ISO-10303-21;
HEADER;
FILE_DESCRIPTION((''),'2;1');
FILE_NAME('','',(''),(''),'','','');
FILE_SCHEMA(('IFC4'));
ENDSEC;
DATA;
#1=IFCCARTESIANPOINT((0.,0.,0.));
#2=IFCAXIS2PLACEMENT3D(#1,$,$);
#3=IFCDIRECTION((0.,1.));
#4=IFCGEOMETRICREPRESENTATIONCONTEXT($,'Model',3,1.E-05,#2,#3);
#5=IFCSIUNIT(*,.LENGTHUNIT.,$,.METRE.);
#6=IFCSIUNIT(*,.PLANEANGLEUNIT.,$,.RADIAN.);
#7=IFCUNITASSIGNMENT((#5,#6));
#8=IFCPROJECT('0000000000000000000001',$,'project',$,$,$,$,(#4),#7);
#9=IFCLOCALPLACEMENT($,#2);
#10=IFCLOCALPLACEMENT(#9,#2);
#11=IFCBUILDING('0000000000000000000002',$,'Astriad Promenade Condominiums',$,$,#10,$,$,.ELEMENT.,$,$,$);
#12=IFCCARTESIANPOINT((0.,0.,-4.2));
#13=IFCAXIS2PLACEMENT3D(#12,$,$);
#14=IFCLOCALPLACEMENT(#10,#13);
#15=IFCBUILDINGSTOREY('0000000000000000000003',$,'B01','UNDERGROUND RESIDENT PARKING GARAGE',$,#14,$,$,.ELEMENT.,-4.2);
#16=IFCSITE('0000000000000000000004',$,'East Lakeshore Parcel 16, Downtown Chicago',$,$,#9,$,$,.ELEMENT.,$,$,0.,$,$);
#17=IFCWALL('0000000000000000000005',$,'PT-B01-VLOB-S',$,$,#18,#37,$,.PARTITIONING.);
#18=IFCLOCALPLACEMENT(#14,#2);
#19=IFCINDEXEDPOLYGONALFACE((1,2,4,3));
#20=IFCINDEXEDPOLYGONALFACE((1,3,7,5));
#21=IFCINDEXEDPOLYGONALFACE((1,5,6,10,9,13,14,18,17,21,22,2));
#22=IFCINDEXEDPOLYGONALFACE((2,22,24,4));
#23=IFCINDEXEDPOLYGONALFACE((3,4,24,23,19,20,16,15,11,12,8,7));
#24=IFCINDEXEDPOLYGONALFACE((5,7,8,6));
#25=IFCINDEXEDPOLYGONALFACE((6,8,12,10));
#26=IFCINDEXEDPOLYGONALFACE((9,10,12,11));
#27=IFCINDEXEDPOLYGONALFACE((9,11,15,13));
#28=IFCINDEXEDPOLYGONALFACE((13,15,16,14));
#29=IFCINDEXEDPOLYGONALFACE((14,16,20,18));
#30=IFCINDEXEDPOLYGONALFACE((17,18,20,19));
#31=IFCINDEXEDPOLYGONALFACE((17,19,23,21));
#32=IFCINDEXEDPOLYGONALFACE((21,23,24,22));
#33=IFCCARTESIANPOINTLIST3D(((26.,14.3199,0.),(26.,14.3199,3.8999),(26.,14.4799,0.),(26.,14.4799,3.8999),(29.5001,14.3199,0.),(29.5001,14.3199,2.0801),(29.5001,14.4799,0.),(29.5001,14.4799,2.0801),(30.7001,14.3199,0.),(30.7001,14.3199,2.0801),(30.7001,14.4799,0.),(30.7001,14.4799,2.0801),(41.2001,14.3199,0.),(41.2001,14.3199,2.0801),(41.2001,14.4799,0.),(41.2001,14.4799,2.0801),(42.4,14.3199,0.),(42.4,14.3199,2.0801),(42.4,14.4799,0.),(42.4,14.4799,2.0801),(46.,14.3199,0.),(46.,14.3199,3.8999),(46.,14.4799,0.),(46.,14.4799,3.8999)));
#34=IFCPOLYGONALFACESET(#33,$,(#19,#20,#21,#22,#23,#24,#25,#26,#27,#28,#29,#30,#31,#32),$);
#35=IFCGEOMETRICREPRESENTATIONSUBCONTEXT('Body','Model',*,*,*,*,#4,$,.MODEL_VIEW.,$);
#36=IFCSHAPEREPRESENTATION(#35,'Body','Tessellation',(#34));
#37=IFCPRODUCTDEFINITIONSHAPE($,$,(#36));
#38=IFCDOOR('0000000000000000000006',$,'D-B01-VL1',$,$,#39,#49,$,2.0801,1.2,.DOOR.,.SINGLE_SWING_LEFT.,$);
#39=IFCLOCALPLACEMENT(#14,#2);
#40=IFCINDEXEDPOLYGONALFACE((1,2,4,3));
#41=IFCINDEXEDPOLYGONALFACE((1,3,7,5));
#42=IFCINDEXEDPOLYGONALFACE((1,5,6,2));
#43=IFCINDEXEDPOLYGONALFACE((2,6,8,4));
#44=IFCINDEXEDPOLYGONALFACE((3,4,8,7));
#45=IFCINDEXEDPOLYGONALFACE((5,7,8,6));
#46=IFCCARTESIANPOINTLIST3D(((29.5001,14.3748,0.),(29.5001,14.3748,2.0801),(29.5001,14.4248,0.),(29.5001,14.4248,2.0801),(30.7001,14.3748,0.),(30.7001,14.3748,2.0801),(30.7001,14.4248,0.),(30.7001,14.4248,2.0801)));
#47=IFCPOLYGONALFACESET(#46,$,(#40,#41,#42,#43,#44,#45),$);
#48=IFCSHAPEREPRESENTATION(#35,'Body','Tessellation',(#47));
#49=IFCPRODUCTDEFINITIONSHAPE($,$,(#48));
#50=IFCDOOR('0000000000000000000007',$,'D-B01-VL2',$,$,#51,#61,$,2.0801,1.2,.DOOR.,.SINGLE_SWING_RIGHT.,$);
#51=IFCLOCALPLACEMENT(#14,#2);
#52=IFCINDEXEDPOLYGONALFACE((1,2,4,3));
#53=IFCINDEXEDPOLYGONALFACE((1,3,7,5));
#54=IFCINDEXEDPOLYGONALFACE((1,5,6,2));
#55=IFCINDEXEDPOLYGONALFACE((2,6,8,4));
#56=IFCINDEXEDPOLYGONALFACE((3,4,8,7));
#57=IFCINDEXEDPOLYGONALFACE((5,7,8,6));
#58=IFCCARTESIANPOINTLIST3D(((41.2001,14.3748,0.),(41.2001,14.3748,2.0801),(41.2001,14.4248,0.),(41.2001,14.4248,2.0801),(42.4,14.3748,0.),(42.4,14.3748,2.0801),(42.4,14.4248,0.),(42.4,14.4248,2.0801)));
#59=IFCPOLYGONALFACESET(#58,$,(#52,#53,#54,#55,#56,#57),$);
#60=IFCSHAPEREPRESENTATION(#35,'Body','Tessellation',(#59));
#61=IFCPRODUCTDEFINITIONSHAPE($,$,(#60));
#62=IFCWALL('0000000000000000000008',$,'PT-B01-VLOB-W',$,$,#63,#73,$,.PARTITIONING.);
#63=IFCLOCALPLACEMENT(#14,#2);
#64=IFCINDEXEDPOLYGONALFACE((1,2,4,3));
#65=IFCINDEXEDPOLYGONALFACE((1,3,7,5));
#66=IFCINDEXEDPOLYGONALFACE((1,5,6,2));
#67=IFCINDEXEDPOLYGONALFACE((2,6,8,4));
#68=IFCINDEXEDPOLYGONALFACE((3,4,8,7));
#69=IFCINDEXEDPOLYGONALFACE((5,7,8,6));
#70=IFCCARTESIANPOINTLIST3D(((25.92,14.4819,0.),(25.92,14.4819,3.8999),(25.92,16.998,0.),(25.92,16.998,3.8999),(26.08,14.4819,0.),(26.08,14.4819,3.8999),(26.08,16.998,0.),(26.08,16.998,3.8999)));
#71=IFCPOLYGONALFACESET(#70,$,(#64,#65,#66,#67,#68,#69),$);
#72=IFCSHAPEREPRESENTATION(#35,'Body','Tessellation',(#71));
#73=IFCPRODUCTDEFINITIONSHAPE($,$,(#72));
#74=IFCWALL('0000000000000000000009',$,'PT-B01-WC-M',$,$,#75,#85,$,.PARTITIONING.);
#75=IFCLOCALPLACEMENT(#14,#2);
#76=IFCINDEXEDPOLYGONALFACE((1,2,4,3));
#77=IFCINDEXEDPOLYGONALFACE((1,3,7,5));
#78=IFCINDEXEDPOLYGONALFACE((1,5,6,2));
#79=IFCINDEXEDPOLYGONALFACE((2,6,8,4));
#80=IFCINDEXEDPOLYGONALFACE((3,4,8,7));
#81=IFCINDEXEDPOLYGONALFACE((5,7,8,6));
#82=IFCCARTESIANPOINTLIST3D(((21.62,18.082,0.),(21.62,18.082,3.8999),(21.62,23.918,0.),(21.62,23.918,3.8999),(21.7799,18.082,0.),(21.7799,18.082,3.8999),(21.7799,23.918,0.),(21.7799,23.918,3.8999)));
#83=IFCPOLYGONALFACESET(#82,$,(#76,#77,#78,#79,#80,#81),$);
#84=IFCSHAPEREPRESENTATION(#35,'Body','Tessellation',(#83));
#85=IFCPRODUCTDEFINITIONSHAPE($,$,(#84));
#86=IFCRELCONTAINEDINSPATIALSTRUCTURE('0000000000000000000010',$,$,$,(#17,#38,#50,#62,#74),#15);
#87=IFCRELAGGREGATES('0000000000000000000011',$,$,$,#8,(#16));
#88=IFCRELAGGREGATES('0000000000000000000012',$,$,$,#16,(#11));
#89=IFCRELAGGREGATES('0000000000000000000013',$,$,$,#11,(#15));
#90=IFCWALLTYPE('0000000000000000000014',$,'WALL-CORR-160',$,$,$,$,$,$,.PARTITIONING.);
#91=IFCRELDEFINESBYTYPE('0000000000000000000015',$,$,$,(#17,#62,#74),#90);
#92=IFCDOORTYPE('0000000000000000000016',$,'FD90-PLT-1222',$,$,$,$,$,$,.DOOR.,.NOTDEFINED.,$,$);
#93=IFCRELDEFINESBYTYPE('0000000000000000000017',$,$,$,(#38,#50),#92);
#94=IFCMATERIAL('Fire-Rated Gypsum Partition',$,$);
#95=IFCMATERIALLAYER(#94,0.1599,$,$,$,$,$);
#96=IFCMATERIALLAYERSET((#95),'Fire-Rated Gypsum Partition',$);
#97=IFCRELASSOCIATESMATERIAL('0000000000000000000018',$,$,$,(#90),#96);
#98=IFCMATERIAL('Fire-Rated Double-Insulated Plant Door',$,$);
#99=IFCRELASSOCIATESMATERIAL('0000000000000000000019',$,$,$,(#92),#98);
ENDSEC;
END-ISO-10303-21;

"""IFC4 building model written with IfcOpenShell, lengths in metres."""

from ifc_helpers import new_model, si_unit, direction, frame, frame_2d, origin, place, context, subcontext, project, spatial, rectangle, extrude, source, transform, mapped, material, layer, layer_set, type_object, type_shapes, element, fill, save


model = new_model("IFC4")

# Units and contexts
model_context = context("Model", 3, precision=1e-05, world=origin(), true_north=direction((0.0, 1.0)))
body_context = subcontext(model_context, "Body", "Model", "MODEL_VIEW")
ifc_project = project(units=[si_unit("LENGTHUNIT", "METRE"), si_unit("PLANEANGLEUNIT", "RADIAN")], contexts=[model_context])

# Site, building, storey
site_placement = place(None, origin())
site = spatial("IfcSite", under=ifc_project, at=site_placement, Name="East Lakeshore Parcel 16, Downtown Chicago", CompositionType="ELEMENT", RefElevation=0.0)
building_placement = place(site_placement, origin())
building = spatial("IfcBuilding", under=site, at=building_placement, Name="Astriad Promenade Condominiums", CompositionType="ELEMENT")
storey_placement = place(building_placement, frame((0.0, 0.0, -4.2)))
storey = spatial("IfcBuildingStorey", under=building, at=storey_placement, Name="B01", Description="UNDERGROUND RESIDENT PARKING GARAGE", CompositionType="ELEMENT", Elevation=-4.2)

# Wall, openings, doors
ifc_material_1 = material(Name="Fire-Rated Gypsum Partition")
ifc_layer_1 = layer(ifc_material_1, 0.1599)
ifc_layer_set_1 = layer_set([ifc_layer_1], Name="Fire-Rated Gypsum Partition")
wall_type_1 = type_object("IfcWallType", Name="WALL-CORR-160", PredefinedType="PARTITIONING", material=ifc_layer_set_1)
wall_1_placement = place(storey_placement, frame((26.0, 14.3999, 0.0), z_axis=(0.0, 0.0, 1.0), x_axis=(1.0, 0.0, 0.0)))
wall_1 = element("IfcWall", 1, at=wall_1_placement, inside=storey, type_object=wall_type_1, Name="PT-B01-VLOB-S", PredefinedType="PARTITIONING", context=body_context, shape_type="SweptSolid", body=[
    extrude(rectangle(XDim=20.0, YDim=0.1599, at=frame_2d((10.0, 0.0))), origin(), (0.0, 0.0, 1.0), 3.8999),
])
opening_1_placement = place(wall_1_placement, frame((3.5, 0.0, 0.0)))
opening_1 = element("IfcOpeningElement", 2, at=opening_1_placement, cuts=wall_1, PredefinedType="OPENING", context=body_context, shape_type="SweptSolid", body=[
    extrude(rectangle(XDim=1.2, YDim=2.0801, at=frame_2d((0.6001, 1.04))), frame((0.0, 0.0898, 0.0), z_axis=(0.0, -1.0, 0.0), x_axis=(1.0, 0.0, 0.0)), (0.0, 0.0, 1.0), 0.1799),
])
opening_2_placement = place(wall_1_placement, frame((15.2, 0.0, 0.0)))
opening_2 = element("IfcOpeningElement", 3, at=opening_2_placement, cuts=wall_1, PredefinedType="OPENING", context=body_context, shape_type="SweptSolid", body=[
    extrude(rectangle(XDim=1.2, YDim=2.0801, at=frame_2d((0.6001, 1.04))), frame((0.0, 0.0898, 0.0), z_axis=(0.0, -1.0, 0.0), x_axis=(1.0, 0.0, 0.0)), (0.0, 0.0, 1.0), 0.1799),
])
ifc_material_2 = material(Name="Fire-Rated Double-Insulated Plant Door")
door_type_1 = type_object("IfcDoorType", Name="FD90-PLT-1222", OperationType="NOTDEFINED", PredefinedType="DOOR", material=ifc_material_2)
shared_shape_1 = source(origin(), body_context, "Body", "SweptSolid", [
    extrude(rectangle(XDim=1.2, YDim=2.0801, at=frame_2d((0.6001, 1.04))), frame((0.0, 0.0249, 0.0), z_axis=(0.0, -1.0, 0.0), x_axis=(1.0, 0.0, 0.0)), (0.0, 0.0, 1.0), 0.05),
])
type_shapes(door_type_1, [shared_shape_1])
door_1_placement = place(opening_1_placement, origin())
door_1 = element("IfcDoor", 4, at=door_1_placement, inside=storey, type_object=door_type_1, Name="D-B01-VL1", OperationType="SINGLE_SWING_LEFT", OverallHeight=2.0801, OverallWidth=1.2, PredefinedType="DOOR", context=body_context, shape_type="MappedRepresentation", body=[
    mapped(shared_shape_1, transform((0.0, 0.0, 0.0), scale=1.0)),
])
fill(opening_1, door_1)
door_2_placement = place(opening_2_placement, origin())
door_2 = element("IfcDoor", 5, at=door_2_placement, inside=storey, type_object=door_type_1, Name="D-B01-VL2", OperationType="SINGLE_SWING_RIGHT", OverallHeight=2.0801, OverallWidth=1.2, PredefinedType="DOOR", context=body_context, shape_type="MappedRepresentation", body=[
    mapped(shared_shape_1, transform((0.0, 0.0, 0.0), scale=1.0)),
])
fill(opening_2, door_2)

# Walls
wall_2_placement = place(storey_placement, frame((26.0, 14.4819, 0.0), z_axis=(0.0, 0.0, 1.0), x_axis=(0.0, 1.0, 0.0)))
element("IfcWall", 6, at=wall_2_placement, inside=storey, type_object=wall_type_1, Name="PT-B01-VLOB-W", PredefinedType="PARTITIONING", context=body_context, shape_type="SweptSolid", body=[
    extrude(rectangle(XDim=2.5161, YDim=0.1599, at=frame_2d((1.2581, 0.0))), origin(), (0.0, 0.0, 1.0), 3.8999),
])
wall_3_placement = place(storey_placement, frame((21.7, 18.082, 0.0), z_axis=(0.0, 0.0, 1.0), x_axis=(0.0, 1.0, 0.0)))
element("IfcWall", 7, at=wall_3_placement, inside=storey, type_object=wall_type_1, Name="PT-B01-WC-M", PredefinedType="PARTITIONING", context=body_context, shape_type="SweptSolid", body=[
    extrude(rectangle(XDim=5.8359, YDim=0.1599, at=frame_2d((2.918, 0.0))), origin(), (0.0, 0.0, 1.0), 3.8999),
])

save(model, "model.ifc")
